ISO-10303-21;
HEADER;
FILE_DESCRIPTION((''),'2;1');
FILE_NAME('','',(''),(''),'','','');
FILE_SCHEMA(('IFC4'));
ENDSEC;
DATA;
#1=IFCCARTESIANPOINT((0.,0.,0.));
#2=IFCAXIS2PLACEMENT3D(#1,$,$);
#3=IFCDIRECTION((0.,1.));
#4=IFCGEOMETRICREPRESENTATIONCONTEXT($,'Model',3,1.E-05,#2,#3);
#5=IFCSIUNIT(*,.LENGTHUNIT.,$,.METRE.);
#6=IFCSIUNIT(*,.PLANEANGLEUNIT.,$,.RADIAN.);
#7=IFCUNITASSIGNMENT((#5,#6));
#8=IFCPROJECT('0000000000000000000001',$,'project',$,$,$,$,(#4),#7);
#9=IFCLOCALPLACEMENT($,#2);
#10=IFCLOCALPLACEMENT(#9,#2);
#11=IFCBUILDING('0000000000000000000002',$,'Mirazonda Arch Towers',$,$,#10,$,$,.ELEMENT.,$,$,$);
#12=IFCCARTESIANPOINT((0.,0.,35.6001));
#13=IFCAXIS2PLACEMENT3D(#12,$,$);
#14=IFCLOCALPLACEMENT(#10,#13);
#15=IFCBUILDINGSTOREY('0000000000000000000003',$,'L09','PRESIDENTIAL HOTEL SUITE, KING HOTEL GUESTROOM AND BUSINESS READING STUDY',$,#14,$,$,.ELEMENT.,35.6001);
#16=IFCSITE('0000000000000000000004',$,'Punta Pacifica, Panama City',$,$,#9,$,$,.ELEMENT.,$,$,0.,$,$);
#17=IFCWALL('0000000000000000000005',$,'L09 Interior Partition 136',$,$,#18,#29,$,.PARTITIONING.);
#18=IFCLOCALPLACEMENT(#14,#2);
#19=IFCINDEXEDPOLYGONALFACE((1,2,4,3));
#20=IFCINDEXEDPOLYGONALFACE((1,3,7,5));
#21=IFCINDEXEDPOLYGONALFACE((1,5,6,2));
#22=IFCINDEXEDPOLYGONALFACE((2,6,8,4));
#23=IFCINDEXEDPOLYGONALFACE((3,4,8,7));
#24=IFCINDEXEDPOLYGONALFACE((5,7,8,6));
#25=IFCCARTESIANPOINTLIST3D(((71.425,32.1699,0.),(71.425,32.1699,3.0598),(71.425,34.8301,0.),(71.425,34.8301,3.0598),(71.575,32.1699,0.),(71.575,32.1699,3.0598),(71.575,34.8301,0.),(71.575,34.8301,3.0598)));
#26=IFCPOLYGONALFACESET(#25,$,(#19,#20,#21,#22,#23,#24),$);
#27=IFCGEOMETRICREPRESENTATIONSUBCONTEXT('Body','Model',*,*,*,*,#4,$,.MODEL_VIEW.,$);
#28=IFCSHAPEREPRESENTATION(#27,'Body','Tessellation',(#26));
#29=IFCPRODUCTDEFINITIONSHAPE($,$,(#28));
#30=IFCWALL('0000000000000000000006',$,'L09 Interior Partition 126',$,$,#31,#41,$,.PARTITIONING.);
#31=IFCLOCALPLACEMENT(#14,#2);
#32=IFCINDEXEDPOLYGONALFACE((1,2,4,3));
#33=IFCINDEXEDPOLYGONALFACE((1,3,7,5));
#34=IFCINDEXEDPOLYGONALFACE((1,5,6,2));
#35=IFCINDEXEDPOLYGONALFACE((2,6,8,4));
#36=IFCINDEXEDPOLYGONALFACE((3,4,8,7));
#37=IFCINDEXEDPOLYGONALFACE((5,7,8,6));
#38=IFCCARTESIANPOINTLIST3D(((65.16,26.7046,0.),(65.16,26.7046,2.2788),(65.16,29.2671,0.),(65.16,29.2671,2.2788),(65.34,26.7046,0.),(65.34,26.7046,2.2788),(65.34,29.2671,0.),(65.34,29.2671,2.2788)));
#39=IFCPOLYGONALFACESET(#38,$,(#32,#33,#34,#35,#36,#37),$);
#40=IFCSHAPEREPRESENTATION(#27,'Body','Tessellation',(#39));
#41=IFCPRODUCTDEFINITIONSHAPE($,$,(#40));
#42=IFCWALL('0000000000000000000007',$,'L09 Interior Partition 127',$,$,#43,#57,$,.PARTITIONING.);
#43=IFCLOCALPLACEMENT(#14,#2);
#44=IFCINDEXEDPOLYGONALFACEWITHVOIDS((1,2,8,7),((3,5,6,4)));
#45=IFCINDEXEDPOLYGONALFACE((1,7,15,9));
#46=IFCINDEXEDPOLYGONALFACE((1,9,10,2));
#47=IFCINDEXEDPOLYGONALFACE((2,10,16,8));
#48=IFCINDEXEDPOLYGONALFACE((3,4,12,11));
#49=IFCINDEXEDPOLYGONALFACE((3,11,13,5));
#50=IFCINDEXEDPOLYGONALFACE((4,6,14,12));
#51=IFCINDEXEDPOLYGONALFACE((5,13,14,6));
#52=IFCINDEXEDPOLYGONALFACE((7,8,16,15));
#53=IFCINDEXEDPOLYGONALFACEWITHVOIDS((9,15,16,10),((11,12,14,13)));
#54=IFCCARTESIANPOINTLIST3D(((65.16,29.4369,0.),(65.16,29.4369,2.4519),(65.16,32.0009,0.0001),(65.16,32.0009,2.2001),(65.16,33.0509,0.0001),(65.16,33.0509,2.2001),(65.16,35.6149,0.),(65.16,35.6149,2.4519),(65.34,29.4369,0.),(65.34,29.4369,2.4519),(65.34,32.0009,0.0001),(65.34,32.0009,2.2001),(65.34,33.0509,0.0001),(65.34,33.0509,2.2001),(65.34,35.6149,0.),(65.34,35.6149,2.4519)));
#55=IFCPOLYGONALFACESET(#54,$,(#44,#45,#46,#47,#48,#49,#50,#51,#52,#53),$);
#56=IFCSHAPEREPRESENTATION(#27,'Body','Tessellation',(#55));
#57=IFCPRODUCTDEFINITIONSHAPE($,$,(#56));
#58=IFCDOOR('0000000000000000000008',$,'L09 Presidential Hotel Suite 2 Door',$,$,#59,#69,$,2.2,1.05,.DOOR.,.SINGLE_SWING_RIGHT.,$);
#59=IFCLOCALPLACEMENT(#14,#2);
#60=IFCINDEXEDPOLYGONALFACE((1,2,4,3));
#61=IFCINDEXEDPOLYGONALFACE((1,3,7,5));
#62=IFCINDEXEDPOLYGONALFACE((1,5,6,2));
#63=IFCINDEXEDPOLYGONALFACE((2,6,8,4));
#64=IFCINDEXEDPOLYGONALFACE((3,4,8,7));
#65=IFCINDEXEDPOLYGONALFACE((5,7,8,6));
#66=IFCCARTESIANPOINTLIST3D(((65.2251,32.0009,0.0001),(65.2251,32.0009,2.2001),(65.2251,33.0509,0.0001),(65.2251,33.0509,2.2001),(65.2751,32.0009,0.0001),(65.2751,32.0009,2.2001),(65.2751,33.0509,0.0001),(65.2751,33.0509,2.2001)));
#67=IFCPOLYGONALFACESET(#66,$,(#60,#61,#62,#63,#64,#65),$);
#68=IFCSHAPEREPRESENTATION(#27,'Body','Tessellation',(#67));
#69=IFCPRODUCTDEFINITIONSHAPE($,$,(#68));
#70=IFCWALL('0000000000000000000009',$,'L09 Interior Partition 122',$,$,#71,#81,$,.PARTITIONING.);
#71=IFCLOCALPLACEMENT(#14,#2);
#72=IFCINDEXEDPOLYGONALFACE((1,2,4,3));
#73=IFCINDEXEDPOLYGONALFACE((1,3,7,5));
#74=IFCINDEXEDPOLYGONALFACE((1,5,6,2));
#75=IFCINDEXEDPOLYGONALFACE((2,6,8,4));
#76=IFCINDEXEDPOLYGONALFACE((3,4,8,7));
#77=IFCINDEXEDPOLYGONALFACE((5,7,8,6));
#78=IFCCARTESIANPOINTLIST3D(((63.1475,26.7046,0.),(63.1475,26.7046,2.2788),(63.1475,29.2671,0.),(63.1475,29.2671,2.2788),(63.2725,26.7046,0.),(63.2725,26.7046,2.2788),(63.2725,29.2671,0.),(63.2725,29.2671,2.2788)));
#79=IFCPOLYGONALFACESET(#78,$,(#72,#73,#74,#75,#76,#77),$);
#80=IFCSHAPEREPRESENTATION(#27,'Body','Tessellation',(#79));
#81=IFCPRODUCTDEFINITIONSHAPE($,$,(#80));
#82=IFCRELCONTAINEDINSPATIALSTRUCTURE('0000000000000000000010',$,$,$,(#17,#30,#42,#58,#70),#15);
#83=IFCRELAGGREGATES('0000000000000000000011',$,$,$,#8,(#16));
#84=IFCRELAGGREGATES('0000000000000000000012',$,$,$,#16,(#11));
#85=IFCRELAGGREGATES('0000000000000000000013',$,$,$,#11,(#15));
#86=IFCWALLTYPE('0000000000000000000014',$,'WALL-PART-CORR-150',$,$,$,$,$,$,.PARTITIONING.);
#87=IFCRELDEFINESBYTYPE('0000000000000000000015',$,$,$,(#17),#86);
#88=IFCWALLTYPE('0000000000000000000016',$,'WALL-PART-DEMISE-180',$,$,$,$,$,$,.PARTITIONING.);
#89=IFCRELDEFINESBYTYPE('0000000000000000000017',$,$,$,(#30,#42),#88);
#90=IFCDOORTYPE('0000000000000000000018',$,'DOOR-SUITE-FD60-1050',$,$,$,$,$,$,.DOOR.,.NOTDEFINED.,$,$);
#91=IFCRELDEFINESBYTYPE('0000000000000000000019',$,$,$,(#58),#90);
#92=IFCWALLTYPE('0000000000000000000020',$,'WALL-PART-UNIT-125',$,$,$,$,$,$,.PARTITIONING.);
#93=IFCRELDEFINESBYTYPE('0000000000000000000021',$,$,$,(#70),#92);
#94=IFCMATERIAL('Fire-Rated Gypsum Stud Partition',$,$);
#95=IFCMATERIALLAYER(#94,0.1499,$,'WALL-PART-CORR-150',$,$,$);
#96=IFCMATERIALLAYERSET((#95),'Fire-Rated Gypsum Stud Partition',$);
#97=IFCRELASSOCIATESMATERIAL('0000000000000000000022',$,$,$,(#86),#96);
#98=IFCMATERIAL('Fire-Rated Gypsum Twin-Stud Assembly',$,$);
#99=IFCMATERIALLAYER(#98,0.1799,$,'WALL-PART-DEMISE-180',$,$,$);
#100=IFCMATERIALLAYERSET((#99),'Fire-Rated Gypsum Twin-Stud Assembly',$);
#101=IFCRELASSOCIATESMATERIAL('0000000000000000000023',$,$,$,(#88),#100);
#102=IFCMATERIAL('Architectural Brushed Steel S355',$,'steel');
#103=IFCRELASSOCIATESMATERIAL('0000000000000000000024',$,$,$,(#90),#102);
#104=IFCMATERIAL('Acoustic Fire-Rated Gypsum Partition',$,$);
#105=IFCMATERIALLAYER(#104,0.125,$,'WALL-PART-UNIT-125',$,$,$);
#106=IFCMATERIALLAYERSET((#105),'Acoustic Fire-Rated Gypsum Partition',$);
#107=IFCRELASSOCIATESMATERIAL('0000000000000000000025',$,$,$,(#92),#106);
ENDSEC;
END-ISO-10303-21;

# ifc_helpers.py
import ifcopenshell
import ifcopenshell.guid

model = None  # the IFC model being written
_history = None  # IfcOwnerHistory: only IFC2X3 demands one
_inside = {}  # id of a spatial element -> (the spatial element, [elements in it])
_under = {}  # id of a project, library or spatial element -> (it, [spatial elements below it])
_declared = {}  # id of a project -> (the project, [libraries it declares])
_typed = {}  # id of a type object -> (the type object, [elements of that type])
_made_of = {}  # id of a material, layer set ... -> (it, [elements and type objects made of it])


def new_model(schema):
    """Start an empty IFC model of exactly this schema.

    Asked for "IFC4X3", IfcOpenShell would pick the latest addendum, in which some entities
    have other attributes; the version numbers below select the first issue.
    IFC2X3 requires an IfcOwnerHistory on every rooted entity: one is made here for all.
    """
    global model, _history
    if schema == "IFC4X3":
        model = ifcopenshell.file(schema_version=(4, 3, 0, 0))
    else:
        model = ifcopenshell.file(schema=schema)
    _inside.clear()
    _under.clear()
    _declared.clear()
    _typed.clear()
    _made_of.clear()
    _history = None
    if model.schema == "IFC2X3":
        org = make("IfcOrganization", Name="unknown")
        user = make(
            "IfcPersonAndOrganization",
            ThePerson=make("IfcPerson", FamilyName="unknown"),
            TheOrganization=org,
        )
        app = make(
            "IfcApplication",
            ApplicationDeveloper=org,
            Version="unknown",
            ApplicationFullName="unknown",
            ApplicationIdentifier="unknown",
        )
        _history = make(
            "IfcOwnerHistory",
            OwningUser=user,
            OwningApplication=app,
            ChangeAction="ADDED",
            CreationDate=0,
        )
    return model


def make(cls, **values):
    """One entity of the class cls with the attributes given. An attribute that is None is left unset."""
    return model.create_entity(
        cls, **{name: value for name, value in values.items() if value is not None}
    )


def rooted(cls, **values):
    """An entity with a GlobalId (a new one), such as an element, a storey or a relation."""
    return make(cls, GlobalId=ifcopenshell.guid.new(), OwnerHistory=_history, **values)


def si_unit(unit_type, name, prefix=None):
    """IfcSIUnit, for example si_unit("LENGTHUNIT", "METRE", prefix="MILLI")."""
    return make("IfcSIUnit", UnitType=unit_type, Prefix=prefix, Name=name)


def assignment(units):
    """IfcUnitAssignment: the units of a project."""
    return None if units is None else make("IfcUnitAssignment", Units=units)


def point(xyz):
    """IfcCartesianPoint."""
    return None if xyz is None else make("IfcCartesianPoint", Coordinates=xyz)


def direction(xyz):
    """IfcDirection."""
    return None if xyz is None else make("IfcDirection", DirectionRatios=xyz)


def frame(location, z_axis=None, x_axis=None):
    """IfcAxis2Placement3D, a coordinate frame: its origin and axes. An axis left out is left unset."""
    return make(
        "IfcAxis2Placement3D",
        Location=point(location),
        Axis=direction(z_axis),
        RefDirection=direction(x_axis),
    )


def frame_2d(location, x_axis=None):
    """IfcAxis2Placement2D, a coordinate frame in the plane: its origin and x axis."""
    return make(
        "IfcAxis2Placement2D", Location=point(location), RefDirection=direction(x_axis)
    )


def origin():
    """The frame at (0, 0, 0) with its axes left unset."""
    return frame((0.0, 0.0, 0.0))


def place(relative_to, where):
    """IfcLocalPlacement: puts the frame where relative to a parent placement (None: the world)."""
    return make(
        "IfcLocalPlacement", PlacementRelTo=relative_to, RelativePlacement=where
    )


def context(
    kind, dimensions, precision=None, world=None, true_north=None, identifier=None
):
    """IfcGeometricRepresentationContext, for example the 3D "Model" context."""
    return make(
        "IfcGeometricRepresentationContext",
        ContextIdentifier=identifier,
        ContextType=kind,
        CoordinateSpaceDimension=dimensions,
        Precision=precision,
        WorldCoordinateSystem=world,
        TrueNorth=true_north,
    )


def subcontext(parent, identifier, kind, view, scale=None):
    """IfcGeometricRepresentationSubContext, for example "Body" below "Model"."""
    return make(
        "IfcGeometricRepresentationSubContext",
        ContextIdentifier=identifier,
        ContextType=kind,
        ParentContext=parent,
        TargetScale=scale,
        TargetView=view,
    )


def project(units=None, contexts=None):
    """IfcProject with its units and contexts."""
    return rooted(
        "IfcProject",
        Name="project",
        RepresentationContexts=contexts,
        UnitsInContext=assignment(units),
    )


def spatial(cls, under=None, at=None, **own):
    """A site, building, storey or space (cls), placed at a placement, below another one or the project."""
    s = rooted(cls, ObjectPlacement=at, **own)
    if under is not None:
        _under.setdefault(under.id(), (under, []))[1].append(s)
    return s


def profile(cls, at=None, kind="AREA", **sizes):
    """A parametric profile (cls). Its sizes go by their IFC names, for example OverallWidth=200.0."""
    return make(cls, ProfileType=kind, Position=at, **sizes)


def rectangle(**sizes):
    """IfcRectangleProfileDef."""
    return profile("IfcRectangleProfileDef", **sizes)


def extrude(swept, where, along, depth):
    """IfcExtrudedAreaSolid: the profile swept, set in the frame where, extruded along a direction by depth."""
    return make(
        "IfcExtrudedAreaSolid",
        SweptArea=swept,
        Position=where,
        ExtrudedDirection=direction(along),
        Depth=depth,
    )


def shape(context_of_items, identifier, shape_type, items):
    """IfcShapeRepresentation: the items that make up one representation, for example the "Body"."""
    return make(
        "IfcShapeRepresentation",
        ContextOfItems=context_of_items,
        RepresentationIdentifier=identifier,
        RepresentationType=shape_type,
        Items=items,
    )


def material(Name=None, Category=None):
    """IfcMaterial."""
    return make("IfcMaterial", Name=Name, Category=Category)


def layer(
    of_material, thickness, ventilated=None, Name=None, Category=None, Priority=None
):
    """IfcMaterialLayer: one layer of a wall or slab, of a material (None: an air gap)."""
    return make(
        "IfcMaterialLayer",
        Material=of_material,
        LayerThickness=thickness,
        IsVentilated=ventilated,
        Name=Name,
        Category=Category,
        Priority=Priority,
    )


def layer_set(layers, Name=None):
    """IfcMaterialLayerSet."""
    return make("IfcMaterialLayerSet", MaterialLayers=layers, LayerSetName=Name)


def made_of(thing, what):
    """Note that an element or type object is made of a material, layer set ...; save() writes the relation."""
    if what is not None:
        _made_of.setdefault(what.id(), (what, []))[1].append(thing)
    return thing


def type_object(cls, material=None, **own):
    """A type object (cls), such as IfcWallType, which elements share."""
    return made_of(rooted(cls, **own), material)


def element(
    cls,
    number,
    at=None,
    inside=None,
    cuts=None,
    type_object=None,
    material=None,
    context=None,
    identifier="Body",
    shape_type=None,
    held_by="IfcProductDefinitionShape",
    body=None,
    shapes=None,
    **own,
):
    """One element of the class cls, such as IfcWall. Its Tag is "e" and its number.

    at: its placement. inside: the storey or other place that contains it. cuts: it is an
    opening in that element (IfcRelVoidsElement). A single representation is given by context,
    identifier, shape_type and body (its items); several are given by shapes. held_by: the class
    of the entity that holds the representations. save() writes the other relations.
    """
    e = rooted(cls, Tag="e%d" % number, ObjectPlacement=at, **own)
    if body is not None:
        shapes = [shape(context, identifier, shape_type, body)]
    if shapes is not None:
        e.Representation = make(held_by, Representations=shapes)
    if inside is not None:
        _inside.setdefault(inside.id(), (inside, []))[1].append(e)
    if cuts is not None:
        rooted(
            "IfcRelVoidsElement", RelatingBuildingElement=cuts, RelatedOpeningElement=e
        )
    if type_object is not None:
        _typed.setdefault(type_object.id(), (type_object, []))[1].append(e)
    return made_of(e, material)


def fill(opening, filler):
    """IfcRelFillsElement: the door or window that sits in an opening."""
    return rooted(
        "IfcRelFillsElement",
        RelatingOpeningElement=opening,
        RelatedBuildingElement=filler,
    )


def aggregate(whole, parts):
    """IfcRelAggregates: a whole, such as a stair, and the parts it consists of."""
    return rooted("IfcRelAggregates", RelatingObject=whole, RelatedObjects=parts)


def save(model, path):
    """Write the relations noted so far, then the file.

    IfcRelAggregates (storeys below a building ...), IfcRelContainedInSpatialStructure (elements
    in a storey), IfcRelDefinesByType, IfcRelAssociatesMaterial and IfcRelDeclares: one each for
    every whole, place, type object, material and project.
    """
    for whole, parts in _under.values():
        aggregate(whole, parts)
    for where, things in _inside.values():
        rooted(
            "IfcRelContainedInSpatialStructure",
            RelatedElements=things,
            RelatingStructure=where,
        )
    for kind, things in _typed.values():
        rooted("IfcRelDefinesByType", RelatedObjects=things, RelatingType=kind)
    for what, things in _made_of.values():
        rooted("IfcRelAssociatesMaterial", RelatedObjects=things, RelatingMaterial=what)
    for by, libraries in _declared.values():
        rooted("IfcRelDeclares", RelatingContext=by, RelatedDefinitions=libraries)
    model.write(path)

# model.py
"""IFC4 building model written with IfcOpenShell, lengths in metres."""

from ifc_helpers import new_model, si_unit, direction, frame, frame_2d, origin, place, context, subcontext, project, spatial, rectangle, extrude, material, layer, layer_set, type_object, element, fill, save


model = new_model("IFC4")

# Units and contexts
model_context = context("Model", 3, precision=1e-05, world=origin(), true_north=direction((0.0, 1.0)))
body_context = subcontext(model_context, "Body", "Model", "MODEL_VIEW")
ifc_project = project(units=[si_unit("LENGTHUNIT", "METRE"), si_unit("PLANEANGLEUNIT", "RADIAN")], contexts=[model_context])

# Site, building, storey
site_placement = place(None, origin())
site = spatial("IfcSite", under=ifc_project, at=site_placement, Name="Punta Pacifica, Panama City", CompositionType="ELEMENT", RefElevation=0.0)
building_placement = place(site_placement, origin())
building = spatial("IfcBuilding", under=site, at=building_placement, Name="Mirazonda Arch Towers", CompositionType="ELEMENT")
storey_placement = place(building_placement, frame((0.0, 0.0, 35.6001)))
storey = spatial("IfcBuildingStorey", under=building, at=storey_placement, Name="L09", Description="PRESIDENTIAL HOTEL SUITE, KING HOTEL GUESTROOM AND BUSINESS READING STUDY", CompositionType="ELEMENT", Elevation=35.6001)

# Shared definitions
ifc_material_1 = material(Name="Architectural Brushed Steel S355", Category="steel")
ifc_material_2 = material(Name="Fire-Rated Gypsum Stud Partition")
ifc_layer_1 = layer(ifc_material_2, 0.1499, Name="WALL-PART-CORR-150")
ifc_layer_set_1 = layer_set([ifc_layer_1], Name="Fire-Rated Gypsum Stud Partition")
wall_type_1 = type_object("IfcWallType", Name="WALL-PART-CORR-150", PredefinedType="PARTITIONING", material=ifc_layer_set_1)

# Walls
wall_1_placement = place(storey_placement, frame((71.5, 32.1699, 0.0), z_axis=(0.0, 0.0, 1.0), x_axis=(0.0, 1.0, 0.0)))
element("IfcWall", 1, at=wall_1_placement, inside=storey, type_object=wall_type_1, Name="L09 Interior Partition 136", PredefinedType="PARTITIONING", context=body_context, shape_type="SweptSolid", body=[
    extrude(rectangle(XDim=2.6602, YDim=0.1499, at=frame_2d((1.3301, 0.0))), origin(), (0.0, 0.0, 1.0), 3.0598),
])
ifc_material_3 = material(Name="Fire-Rated Gypsum Twin-Stud Assembly")
ifc_layer_2 = layer(ifc_material_3, 0.1799, Name="WALL-PART-DEMISE-180")
ifc_layer_set_2 = layer_set([ifc_layer_2], Name="Fire-Rated Gypsum Twin-Stud Assembly")
wall_type_2 = type_object("IfcWallType", Name="WALL-PART-DEMISE-180", PredefinedType="PARTITIONING", material=ifc_layer_set_2)
wall_2_placement = place(storey_placement, frame((65.25, 26.7046, 0.0), z_axis=(0.0, 0.0, 1.0), x_axis=(0.0, 1.0, 0.0)))
element("IfcWall", 2, at=wall_2_placement, inside=storey, type_object=wall_type_2, Name="L09 Interior Partition 126", PredefinedType="PARTITIONING", context=body_context, shape_type="SweptSolid", body=[
    extrude(rectangle(XDim=2.5625, YDim=0.1799, at=frame_2d((1.2812, 0.0))), origin(), (0.0, 0.0, 1.0), 2.2788),
])

# Wall, opening, door
wall_3_placement = place(storey_placement, frame((65.25, 29.437, 0.0), z_axis=(0.0, 0.0, 1.0), x_axis=(0.0, 1.0, 0.0)))
wall_3 = element("IfcWall", 3, at=wall_3_placement, inside=storey, type_object=wall_type_2, Name="L09 Interior Partition 127", PredefinedType="PARTITIONING", context=body_context, shape_type="SweptSolid", body=[
    extrude(rectangle(XDim=6.178, YDim=0.1799, at=frame_2d((3.0889, 0.0))), origin(), (0.0, 0.0, 1.0), 2.4519),
])
opening_1_placement = place(wall_3_placement, frame((2.564, 0.0, 0.0)))
opening_1 = element("IfcOpeningElement", 4, at=opening_1_placement, cuts=wall_3, PredefinedType="OPENING", context=body_context, shape_type="SweptSolid", body=[
    extrude(rectangle(XDim=1.05, YDim=2.2, at=frame_2d((0.5249, 1.1001))), frame((0.0, 0.0999, 0.0), z_axis=(0.0, -1.0, 0.0), x_axis=(1.0, 0.0, 0.0)), (0.0, 0.0, 1.0), 0.2),
])
door_type_1 = type_object("IfcDoorType", Name="DOOR-SUITE-FD60-1050", OperationType="NOTDEFINED", PredefinedType="DOOR", material=ifc_material_1)
door_1_placement = place(opening_1_placement, origin())
door_1 = element("IfcDoor", 5, at=door_1_placement, inside=storey, type_object=door_type_1, Name="L09 Presidential Hotel Suite 2 Door", OperationType="SINGLE_SWING_RIGHT", OverallHeight=2.2, OverallWidth=1.05, PredefinedType="DOOR", context=body_context, shape_type="SweptSolid", body=[
    extrude(rectangle(XDim=1.05, YDim=2.2, at=frame_2d((0.5249, 1.1001))), frame((0.0, 0.0249, 0.0), z_axis=(0.0, -1.0, 0.0), x_axis=(1.0, 0.0, 0.0)), (0.0, 0.0, 1.0), 0.05),
])
fill(opening_1, door_1)

# Wall
ifc_material_4 = material(Name="Acoustic Fire-Rated Gypsum Partition")
ifc_layer_3 = layer(ifc_material_4, 0.125, Name="WALL-PART-UNIT-125")
ifc_layer_set_3 = layer_set([ifc_layer_3], Name="Acoustic Fire-Rated Gypsum Partition")
wall_type_3 = type_object("IfcWallType", Name="WALL-PART-UNIT-125", PredefinedType="PARTITIONING", material=ifc_layer_set_3)
wall_4_placement = place(storey_placement, frame((63.21, 26.7046, 0.0), z_axis=(0.0, 0.0, 1.0), x_axis=(0.0, 1.0, 0.0)))
element("IfcWall", 6, at=wall_4_placement, inside=storey, type_object=wall_type_3, Name="L09 Interior Partition 122", PredefinedType="PARTITIONING", context=body_context, shape_type="SweptSolid", body=[
    extrude(rectangle(XDim=2.5625, YDim=0.125, at=frame_2d((1.2812, 0.0))), origin(), (0.0, 0.0, 1.0), 2.2788),
])

save(model, "model.ifc")
